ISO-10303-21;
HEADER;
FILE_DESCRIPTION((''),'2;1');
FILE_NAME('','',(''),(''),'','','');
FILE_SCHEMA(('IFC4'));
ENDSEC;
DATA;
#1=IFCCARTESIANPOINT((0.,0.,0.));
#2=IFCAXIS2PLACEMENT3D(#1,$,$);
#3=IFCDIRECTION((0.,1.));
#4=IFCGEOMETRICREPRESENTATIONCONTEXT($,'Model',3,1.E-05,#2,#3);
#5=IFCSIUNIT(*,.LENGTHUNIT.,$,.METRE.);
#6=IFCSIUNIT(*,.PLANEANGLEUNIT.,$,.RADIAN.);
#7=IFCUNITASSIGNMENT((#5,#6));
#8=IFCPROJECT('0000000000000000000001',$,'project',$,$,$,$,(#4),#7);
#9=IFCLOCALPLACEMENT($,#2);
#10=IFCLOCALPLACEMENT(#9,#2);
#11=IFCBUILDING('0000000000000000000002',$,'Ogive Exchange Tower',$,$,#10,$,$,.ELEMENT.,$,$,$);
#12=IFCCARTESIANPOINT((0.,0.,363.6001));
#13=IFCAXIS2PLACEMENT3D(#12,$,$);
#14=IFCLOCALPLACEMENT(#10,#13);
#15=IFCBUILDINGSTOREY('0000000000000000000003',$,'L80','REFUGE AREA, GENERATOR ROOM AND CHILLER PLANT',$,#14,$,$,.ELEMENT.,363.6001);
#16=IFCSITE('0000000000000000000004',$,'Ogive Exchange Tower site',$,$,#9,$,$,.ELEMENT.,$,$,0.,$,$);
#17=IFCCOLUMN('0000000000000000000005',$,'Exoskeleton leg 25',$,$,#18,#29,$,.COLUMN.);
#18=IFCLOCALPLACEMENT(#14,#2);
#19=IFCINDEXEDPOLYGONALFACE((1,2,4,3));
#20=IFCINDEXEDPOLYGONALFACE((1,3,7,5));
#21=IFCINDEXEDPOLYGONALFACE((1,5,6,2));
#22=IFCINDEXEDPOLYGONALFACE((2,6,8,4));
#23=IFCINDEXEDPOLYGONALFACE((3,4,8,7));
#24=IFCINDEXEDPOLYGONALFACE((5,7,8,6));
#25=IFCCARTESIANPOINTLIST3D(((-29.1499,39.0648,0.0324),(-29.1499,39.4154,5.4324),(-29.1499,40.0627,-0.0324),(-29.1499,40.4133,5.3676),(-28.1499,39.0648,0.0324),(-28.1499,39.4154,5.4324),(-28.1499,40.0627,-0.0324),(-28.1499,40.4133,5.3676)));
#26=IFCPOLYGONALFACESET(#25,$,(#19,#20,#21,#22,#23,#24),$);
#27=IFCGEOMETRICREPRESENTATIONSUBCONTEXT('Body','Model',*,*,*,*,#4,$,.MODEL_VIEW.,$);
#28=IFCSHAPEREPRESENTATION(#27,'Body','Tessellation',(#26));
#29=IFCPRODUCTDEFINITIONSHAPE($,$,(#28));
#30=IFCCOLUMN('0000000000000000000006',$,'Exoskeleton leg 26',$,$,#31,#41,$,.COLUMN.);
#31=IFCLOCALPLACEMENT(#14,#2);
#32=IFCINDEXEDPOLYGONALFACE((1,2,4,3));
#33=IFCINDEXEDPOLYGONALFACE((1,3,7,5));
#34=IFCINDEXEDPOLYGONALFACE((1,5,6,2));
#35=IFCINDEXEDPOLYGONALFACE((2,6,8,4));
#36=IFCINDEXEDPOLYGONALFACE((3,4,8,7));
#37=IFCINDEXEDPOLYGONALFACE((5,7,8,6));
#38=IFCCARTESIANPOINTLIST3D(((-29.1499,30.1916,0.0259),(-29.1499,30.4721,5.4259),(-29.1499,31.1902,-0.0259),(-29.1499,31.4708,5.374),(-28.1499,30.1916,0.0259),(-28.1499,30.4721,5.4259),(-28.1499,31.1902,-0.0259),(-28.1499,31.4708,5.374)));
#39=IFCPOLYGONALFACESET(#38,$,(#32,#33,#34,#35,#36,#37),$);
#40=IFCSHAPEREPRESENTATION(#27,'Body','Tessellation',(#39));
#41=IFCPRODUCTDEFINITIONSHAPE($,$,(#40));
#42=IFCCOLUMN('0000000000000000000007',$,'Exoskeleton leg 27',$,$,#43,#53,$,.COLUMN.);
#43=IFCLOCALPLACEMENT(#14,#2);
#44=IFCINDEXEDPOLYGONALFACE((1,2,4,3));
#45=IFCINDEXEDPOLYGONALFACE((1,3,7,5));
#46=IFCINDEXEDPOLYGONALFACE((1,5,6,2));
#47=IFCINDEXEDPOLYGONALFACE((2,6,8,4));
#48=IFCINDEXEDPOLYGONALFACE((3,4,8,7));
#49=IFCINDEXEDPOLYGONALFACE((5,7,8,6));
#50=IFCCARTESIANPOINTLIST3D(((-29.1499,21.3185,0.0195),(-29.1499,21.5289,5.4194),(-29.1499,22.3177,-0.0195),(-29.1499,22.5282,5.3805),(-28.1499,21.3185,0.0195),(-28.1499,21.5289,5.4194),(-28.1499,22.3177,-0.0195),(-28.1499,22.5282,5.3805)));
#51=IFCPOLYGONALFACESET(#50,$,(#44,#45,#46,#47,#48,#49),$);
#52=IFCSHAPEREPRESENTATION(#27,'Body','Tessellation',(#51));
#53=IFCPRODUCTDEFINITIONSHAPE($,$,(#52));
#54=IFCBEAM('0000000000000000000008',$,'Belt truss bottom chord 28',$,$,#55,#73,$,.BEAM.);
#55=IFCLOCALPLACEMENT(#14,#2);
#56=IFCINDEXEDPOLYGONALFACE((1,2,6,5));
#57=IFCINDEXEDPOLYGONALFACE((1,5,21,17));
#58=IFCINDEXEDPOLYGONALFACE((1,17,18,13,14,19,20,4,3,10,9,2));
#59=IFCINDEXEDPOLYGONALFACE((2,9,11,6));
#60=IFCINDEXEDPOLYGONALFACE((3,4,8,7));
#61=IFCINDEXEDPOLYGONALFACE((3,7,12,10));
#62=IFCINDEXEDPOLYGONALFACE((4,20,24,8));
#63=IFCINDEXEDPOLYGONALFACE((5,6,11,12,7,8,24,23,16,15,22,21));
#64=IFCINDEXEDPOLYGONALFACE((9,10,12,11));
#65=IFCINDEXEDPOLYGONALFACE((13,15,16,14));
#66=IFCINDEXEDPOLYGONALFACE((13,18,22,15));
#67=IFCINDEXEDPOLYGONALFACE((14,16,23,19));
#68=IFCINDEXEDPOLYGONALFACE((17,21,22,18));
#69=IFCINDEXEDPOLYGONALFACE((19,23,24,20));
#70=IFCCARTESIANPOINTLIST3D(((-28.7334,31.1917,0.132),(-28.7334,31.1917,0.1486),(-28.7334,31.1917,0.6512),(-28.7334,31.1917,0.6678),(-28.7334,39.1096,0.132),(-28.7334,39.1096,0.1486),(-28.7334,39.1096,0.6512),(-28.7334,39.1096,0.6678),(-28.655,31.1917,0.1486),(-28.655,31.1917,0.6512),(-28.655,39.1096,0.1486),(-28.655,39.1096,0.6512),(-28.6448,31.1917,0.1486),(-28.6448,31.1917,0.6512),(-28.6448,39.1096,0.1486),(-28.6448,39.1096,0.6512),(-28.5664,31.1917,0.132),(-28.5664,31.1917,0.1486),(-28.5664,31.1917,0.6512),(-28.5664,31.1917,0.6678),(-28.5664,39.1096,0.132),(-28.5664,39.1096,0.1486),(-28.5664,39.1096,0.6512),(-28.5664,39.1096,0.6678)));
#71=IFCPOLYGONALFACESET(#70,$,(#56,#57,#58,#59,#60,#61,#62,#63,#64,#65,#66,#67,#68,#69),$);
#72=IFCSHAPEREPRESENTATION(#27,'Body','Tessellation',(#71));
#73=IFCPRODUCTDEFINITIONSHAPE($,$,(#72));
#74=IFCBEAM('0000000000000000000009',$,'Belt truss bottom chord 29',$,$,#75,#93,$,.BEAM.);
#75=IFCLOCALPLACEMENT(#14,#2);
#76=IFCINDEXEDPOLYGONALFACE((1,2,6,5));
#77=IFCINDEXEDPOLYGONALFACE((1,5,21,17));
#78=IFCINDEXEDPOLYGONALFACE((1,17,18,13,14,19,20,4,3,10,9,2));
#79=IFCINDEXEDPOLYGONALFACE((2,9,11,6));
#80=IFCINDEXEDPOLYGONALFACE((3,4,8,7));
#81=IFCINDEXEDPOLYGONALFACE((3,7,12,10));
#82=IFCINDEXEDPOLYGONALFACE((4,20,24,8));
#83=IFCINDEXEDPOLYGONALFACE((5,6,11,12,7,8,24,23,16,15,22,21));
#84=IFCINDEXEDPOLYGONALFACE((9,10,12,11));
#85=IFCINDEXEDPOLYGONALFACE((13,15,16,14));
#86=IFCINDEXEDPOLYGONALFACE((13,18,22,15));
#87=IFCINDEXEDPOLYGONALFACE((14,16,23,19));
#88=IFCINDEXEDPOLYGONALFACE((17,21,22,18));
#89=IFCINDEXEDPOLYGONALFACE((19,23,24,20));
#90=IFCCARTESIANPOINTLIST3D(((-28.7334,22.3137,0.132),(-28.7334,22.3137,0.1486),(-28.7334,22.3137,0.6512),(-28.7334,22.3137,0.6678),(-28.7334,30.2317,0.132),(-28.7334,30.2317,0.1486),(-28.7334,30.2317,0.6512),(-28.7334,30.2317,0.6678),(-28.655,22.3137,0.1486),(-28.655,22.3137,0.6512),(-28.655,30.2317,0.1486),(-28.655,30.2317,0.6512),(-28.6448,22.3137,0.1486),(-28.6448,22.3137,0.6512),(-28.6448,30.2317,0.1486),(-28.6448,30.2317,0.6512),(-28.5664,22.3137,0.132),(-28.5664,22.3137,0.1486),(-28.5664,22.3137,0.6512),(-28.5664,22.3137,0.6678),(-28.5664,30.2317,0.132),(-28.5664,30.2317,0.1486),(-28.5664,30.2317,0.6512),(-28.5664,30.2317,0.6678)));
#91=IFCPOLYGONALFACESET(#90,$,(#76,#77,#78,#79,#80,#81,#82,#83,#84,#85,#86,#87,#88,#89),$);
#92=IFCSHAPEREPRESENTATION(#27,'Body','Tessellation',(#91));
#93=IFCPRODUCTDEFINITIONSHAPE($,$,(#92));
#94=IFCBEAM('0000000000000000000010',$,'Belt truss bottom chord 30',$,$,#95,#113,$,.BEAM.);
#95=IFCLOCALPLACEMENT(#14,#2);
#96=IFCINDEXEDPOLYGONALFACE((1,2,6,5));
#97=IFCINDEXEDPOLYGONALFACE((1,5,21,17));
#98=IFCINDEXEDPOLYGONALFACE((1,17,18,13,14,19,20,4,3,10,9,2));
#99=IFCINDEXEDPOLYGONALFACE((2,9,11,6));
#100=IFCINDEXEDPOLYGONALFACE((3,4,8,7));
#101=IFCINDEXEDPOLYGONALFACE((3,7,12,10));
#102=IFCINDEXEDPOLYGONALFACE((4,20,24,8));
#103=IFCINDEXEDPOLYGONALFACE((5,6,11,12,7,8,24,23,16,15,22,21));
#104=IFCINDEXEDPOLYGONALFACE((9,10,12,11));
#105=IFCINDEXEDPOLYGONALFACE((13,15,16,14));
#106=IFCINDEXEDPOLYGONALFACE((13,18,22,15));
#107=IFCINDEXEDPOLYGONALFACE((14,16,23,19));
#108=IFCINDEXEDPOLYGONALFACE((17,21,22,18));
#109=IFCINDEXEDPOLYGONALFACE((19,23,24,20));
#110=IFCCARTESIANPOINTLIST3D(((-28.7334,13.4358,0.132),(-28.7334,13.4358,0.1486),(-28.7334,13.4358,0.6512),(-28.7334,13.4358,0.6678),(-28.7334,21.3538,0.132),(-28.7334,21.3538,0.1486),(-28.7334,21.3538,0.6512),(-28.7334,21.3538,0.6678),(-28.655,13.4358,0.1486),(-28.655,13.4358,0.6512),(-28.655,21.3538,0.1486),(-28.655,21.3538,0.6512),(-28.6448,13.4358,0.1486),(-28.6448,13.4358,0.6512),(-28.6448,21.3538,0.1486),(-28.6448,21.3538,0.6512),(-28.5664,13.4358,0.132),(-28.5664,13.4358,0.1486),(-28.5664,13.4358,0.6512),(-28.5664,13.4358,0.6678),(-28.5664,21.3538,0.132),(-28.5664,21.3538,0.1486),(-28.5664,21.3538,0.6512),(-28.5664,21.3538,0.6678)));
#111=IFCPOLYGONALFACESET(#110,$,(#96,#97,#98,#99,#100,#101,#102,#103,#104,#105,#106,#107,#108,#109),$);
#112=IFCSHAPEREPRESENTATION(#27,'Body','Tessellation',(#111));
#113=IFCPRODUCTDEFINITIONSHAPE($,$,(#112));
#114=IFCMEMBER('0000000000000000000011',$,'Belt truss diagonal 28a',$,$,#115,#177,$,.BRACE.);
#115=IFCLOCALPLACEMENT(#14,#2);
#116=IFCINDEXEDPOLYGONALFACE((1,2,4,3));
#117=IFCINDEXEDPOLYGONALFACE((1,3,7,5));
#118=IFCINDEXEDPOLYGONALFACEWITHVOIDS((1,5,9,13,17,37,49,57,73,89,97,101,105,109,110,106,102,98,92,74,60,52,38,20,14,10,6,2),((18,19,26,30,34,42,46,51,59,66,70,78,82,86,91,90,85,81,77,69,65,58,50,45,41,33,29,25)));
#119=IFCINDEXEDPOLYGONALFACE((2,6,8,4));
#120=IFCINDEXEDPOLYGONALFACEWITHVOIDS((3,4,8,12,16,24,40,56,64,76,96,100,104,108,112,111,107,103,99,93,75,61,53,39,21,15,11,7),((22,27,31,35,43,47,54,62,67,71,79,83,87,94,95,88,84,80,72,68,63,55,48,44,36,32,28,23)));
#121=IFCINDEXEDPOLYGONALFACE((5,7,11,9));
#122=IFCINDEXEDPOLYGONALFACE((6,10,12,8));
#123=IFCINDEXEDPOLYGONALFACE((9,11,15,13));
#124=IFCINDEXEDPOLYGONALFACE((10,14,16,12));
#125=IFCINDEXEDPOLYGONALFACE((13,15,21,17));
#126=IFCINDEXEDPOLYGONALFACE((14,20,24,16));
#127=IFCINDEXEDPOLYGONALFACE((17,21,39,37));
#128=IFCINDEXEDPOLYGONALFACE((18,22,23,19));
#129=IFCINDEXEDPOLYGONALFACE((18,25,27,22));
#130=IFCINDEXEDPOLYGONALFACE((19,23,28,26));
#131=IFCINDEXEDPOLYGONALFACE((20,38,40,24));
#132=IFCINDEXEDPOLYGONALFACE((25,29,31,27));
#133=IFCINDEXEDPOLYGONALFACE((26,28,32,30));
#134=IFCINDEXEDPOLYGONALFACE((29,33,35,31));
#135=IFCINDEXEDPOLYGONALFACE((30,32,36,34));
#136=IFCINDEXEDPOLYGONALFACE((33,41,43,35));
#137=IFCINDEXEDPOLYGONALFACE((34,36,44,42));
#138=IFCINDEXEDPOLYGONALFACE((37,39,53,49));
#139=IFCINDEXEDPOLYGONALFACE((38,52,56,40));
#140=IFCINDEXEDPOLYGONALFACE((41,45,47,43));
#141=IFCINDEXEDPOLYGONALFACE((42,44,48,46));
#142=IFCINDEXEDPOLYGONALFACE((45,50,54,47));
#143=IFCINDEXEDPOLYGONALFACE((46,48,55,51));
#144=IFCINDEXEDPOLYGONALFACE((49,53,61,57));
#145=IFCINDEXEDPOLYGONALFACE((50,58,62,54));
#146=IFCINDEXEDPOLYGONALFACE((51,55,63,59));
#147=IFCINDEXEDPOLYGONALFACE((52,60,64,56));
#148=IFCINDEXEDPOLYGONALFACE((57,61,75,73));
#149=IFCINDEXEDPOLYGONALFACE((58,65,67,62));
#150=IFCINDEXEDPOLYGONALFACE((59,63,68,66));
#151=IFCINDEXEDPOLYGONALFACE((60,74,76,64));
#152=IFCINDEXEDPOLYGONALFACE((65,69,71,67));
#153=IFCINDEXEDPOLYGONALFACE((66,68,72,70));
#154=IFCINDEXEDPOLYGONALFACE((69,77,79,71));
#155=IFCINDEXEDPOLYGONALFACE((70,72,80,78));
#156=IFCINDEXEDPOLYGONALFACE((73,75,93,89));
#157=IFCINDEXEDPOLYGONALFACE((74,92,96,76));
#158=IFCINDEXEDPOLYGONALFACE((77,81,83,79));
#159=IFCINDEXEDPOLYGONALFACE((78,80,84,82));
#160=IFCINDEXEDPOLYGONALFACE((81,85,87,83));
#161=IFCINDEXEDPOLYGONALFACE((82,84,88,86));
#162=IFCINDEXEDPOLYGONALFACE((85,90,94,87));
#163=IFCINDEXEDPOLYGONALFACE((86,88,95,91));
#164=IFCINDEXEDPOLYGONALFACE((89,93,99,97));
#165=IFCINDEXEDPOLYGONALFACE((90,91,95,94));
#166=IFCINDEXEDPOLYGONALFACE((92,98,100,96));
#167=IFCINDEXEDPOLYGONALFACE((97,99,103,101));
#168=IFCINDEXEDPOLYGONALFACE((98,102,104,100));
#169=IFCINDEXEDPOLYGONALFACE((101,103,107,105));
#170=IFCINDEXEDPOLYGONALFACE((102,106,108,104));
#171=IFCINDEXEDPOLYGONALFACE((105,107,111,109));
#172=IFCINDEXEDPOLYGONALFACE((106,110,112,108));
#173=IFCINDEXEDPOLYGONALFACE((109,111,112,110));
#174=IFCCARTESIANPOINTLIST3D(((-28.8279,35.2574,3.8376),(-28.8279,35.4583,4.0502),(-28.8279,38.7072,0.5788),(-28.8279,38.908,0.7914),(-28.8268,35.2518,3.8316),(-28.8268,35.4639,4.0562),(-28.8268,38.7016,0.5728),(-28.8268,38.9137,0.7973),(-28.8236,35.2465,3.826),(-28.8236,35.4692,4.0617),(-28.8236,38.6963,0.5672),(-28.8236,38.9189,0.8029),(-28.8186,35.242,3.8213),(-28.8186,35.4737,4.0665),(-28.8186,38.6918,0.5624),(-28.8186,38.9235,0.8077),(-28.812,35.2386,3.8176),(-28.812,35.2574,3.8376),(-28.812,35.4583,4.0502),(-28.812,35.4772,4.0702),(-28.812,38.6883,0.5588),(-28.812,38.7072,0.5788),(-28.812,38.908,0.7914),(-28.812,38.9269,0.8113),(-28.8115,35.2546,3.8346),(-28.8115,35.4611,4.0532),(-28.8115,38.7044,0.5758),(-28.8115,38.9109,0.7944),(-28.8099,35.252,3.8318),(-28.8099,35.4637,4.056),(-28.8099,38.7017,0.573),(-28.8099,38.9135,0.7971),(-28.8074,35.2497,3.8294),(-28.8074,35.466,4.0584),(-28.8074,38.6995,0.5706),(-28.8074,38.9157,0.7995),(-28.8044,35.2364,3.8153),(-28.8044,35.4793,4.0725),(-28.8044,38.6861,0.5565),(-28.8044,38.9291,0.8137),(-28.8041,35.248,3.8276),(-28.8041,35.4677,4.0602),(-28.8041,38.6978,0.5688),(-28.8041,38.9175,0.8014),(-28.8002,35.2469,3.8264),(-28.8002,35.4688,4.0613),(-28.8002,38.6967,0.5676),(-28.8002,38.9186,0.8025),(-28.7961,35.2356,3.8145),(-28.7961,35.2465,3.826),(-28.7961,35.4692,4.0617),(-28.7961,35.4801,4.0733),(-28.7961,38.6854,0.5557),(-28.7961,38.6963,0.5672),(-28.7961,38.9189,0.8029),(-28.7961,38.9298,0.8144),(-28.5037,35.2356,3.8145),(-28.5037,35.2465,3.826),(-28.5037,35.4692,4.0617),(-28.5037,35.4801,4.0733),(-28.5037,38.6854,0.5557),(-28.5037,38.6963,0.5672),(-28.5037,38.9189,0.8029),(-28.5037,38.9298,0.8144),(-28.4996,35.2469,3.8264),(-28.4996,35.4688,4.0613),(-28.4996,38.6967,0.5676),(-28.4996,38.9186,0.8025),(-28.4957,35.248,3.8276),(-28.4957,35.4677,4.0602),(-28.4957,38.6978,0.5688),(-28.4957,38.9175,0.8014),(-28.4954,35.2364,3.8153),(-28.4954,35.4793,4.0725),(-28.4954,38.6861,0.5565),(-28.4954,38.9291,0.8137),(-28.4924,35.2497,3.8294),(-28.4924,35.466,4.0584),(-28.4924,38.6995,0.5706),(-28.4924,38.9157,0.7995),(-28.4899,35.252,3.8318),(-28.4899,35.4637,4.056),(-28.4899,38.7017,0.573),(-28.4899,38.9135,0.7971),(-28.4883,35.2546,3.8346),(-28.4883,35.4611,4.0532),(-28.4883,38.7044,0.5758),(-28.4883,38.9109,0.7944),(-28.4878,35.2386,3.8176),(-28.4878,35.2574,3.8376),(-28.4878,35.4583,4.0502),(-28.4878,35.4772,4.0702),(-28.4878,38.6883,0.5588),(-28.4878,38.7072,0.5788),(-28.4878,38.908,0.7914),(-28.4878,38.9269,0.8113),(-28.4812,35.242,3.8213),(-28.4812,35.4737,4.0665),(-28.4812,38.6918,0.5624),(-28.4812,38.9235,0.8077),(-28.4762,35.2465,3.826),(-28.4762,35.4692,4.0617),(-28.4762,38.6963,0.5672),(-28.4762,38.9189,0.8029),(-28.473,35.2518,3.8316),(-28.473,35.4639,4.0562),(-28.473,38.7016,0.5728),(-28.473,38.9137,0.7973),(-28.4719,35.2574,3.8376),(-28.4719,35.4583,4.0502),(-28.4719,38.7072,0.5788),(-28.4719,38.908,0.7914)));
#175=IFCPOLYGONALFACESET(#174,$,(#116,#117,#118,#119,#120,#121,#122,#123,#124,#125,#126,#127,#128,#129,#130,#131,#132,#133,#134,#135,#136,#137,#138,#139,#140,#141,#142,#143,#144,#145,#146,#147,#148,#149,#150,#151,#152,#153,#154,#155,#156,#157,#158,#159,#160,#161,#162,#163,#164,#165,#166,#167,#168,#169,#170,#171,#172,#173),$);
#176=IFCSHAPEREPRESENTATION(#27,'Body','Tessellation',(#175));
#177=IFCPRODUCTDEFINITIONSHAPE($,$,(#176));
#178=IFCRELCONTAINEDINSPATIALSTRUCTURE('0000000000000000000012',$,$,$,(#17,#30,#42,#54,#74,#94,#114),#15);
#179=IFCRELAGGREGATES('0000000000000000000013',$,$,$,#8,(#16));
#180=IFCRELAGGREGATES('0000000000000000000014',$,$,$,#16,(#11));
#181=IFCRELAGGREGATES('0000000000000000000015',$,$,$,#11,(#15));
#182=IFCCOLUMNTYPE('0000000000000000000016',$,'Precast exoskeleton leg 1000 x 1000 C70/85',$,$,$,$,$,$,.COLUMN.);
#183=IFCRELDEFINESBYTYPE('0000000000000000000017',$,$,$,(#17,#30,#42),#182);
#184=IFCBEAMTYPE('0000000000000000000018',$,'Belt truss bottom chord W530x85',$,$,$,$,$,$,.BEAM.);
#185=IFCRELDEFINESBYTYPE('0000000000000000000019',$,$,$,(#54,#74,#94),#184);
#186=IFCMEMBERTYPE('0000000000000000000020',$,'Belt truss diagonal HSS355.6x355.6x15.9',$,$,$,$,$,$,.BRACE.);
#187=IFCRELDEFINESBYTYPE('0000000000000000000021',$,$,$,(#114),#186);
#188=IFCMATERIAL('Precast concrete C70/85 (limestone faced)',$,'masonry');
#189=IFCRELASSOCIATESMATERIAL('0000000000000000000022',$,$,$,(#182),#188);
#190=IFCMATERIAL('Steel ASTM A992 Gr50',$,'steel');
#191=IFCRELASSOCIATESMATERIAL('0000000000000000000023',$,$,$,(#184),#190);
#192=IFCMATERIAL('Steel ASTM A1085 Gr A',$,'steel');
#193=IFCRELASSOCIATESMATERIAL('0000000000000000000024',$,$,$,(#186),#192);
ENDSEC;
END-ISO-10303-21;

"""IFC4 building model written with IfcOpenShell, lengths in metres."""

from ifc_helpers import new_model, si_unit, direction, frame, origin, origin_2d, place, context, subcontext, project, spatial, rectangle, hollow_rectangle, i_section, extrude, material, material_profile, profile_set, type_object, element, save


model = new_model("IFC4")

# Units and contexts
model_context = context("Model", 3, precision=1e-05, world=origin(), true_north=direction((0.0, 1.0)))
body_context = subcontext(model_context, "Body", "Model", "MODEL_VIEW")
ifc_project = project(units=[si_unit("LENGTHUNIT", "METRE"), si_unit("PLANEANGLEUNIT", "RADIAN")], contexts=[model_context])

# Site, building, storey
site_placement = place(None, origin())
site = spatial("IfcSite", under=ifc_project, at=site_placement, Name="Ogive Exchange Tower site", CompositionType="ELEMENT", RefElevation=0.0)
building_placement = place(site_placement, origin())
building = spatial("IfcBuilding", under=site, at=building_placement, Name="Ogive Exchange Tower", CompositionType="ELEMENT")
storey_placement = place(building_placement, frame((0.0, 0.0, 363.6001)))
storey = spatial("IfcBuildingStorey", under=building, at=storey_placement, Name="L80", Description="REFUGE AREA, GENERATOR ROOM AND CHILLER PLANT", CompositionType="ELEMENT", Elevation=363.6001)

# Columns
ifc_material_1 = material(Name="Precast concrete C70/85 (limestone faced)", Category="masonry")
ifc_material_profile_1 = material_profile(ifc_material_1, rectangle(XDim=1.0, YDim=1.0, at=origin_2d()), Name="1000 x 1000")
ifc_profile_set_1 = profile_set([ifc_material_profile_1], Name="Precast concrete C70/85 (limestone faced)")
column_type = type_object("IfcColumnType", Name="Precast exoskeleton leg 1000 x 1000 C70/85", PredefinedType="COLUMN", material=ifc_profile_set_1)
column_1_placement = place(storey_placement, frame((-28.6499, 39.5637, 0.0), z_axis=(0.0, 0.064788, 0.997899), x_axis=(-1.0, 0.0, 0.0)))
element("IfcColumn", 1, at=column_1_placement, inside=storey, type_object=column_type, Name="Exoskeleton leg 25", PredefinedType="COLUMN", context=body_context, shape_type="SweptSolid", body=[
    extrude(rectangle(XDim=1.0, YDim=1.0, at=origin_2d()), origin(), (0.0, 0.0, 1.0), 5.4114),
])
column_2_placement = place(storey_placement, frame((-28.6499, 30.6909, 0.0), z_axis=(0.0, 0.051879, 0.998653), x_axis=(-1.0, 0.0, 0.0)))
element("IfcColumn", 2, at=column_2_placement, inside=storey, type_object=column_type, Name="Exoskeleton leg 26", PredefinedType="COLUMN", context=body_context, shape_type="SweptSolid", body=[
    extrude(rectangle(XDim=1.0, YDim=1.0, at=origin_2d()), origin(), (0.0, 0.0, 1.0), 5.4072),
])
column_3_placement = place(storey_placement, frame((-28.6499, 21.8181, 0.0), z_axis=(0.0, 0.038943, 0.999241), x_axis=(-1.0, 0.0, 0.0)))
element("IfcColumn", 3, at=column_3_placement, inside=storey, type_object=column_type, Name="Exoskeleton leg 27", PredefinedType="COLUMN", context=body_context, shape_type="SweptSolid", body=[
    extrude(rectangle(XDim=1.0, YDim=1.0, at=origin_2d()), origin(), (0.0, 0.0, 1.0), 5.4041),
])

# Beams
ifc_material_2 = material(Name="Steel ASTM A992 Gr50", Category="steel")
ifc_material_profile_2 = material_profile(ifc_material_2, i_section(OverallWidth=0.167, OverallDepth=0.5359, WebThickness=0.0103, FlangeThickness=0.0166, at=origin_2d()), Name="W530x85")
ifc_profile_set_2 = profile_set([ifc_material_profile_2], Name="Steel ASTM A992 Gr50")
beam_type_1 = type_object("IfcBeamType", Name="Belt truss bottom chord W530x85", PredefinedType="BEAM", material=ifc_profile_set_2)
for number, where, z_axis, x_axis, name in (
    (4, (-28.6499, 39.1096, 0.3999), (0.0, -1.0, 0.0), (1.0, 0.0, 0.0), "Belt truss bottom chord 28"),
    (5, (-28.6499, 30.2317, 0.3999), (0.0, -1.0, 0.0), (1.0, 0.0, 0.0), "Belt truss bottom chord 29"),
    (6, (-28.6499, 21.3538, 0.3999), (0.0, -1.0, 0.0), (1.0, 0.0, 0.0), "Belt truss bottom chord 30"),
):
    element("IfcBeam", number, at=place(storey_placement, frame(where, z_axis=z_axis, x_axis=x_axis)), inside=storey, type_object=beam_type_1, Name=name, PredefinedType="BEAM", context=body_context, shape_type="SweptSolid", body=[
        extrude(i_section(OverallWidth=0.167, OverallDepth=0.5359, WebThickness=0.0103, FlangeThickness=0.0166, at=origin_2d()), origin(), (0.0, 0.0, 1.0), 7.918),
    ])

# Member
ifc_material_3 = material(Name="Steel ASTM A1085 Gr A", Category="steel")
ifc_material_profile_3 = material_profile(ifc_material_3, hollow_rectangle(XDim=0.356, YDim=0.356, WallThickness=0.0159, InnerFilletRadius=0.0159, OuterFilletRadius=0.0317, at=origin_2d()), Name="HSS355.6x355.6x15.9")
ifc_profile_set_3 = profile_set([ifc_material_profile_3], Name="Steel ASTM A1085 Gr A")
member_type = type_object("IfcMemberType", Name="Belt truss diagonal HSS355.6x355.6x15.9", PredefinedType="BRACE", material=ifc_profile_set_3)
member_1_placement = place(storey_placement, frame((-28.6499, 38.8076, 0.6851), z_axis=(0.0, -0.726936, 0.686705), x_axis=(1.0, 0.0, 0.0)))
element("IfcMember", 7, at=member_1_placement, inside=storey, type_object=member_type, Name="Belt truss diagonal 28a", PredefinedType="BRACE", context=body_context, shape_type="SweptSolid", body=[
    extrude(hollow_rectangle(XDim=0.356, YDim=0.356, WallThickness=0.0159, InnerFilletRadius=0.0159, OuterFilletRadius=0.0317, at=origin_2d()), origin(), (0.0, 0.0, 1.0), 4.7456),
])

save(model, "model.ifc")
